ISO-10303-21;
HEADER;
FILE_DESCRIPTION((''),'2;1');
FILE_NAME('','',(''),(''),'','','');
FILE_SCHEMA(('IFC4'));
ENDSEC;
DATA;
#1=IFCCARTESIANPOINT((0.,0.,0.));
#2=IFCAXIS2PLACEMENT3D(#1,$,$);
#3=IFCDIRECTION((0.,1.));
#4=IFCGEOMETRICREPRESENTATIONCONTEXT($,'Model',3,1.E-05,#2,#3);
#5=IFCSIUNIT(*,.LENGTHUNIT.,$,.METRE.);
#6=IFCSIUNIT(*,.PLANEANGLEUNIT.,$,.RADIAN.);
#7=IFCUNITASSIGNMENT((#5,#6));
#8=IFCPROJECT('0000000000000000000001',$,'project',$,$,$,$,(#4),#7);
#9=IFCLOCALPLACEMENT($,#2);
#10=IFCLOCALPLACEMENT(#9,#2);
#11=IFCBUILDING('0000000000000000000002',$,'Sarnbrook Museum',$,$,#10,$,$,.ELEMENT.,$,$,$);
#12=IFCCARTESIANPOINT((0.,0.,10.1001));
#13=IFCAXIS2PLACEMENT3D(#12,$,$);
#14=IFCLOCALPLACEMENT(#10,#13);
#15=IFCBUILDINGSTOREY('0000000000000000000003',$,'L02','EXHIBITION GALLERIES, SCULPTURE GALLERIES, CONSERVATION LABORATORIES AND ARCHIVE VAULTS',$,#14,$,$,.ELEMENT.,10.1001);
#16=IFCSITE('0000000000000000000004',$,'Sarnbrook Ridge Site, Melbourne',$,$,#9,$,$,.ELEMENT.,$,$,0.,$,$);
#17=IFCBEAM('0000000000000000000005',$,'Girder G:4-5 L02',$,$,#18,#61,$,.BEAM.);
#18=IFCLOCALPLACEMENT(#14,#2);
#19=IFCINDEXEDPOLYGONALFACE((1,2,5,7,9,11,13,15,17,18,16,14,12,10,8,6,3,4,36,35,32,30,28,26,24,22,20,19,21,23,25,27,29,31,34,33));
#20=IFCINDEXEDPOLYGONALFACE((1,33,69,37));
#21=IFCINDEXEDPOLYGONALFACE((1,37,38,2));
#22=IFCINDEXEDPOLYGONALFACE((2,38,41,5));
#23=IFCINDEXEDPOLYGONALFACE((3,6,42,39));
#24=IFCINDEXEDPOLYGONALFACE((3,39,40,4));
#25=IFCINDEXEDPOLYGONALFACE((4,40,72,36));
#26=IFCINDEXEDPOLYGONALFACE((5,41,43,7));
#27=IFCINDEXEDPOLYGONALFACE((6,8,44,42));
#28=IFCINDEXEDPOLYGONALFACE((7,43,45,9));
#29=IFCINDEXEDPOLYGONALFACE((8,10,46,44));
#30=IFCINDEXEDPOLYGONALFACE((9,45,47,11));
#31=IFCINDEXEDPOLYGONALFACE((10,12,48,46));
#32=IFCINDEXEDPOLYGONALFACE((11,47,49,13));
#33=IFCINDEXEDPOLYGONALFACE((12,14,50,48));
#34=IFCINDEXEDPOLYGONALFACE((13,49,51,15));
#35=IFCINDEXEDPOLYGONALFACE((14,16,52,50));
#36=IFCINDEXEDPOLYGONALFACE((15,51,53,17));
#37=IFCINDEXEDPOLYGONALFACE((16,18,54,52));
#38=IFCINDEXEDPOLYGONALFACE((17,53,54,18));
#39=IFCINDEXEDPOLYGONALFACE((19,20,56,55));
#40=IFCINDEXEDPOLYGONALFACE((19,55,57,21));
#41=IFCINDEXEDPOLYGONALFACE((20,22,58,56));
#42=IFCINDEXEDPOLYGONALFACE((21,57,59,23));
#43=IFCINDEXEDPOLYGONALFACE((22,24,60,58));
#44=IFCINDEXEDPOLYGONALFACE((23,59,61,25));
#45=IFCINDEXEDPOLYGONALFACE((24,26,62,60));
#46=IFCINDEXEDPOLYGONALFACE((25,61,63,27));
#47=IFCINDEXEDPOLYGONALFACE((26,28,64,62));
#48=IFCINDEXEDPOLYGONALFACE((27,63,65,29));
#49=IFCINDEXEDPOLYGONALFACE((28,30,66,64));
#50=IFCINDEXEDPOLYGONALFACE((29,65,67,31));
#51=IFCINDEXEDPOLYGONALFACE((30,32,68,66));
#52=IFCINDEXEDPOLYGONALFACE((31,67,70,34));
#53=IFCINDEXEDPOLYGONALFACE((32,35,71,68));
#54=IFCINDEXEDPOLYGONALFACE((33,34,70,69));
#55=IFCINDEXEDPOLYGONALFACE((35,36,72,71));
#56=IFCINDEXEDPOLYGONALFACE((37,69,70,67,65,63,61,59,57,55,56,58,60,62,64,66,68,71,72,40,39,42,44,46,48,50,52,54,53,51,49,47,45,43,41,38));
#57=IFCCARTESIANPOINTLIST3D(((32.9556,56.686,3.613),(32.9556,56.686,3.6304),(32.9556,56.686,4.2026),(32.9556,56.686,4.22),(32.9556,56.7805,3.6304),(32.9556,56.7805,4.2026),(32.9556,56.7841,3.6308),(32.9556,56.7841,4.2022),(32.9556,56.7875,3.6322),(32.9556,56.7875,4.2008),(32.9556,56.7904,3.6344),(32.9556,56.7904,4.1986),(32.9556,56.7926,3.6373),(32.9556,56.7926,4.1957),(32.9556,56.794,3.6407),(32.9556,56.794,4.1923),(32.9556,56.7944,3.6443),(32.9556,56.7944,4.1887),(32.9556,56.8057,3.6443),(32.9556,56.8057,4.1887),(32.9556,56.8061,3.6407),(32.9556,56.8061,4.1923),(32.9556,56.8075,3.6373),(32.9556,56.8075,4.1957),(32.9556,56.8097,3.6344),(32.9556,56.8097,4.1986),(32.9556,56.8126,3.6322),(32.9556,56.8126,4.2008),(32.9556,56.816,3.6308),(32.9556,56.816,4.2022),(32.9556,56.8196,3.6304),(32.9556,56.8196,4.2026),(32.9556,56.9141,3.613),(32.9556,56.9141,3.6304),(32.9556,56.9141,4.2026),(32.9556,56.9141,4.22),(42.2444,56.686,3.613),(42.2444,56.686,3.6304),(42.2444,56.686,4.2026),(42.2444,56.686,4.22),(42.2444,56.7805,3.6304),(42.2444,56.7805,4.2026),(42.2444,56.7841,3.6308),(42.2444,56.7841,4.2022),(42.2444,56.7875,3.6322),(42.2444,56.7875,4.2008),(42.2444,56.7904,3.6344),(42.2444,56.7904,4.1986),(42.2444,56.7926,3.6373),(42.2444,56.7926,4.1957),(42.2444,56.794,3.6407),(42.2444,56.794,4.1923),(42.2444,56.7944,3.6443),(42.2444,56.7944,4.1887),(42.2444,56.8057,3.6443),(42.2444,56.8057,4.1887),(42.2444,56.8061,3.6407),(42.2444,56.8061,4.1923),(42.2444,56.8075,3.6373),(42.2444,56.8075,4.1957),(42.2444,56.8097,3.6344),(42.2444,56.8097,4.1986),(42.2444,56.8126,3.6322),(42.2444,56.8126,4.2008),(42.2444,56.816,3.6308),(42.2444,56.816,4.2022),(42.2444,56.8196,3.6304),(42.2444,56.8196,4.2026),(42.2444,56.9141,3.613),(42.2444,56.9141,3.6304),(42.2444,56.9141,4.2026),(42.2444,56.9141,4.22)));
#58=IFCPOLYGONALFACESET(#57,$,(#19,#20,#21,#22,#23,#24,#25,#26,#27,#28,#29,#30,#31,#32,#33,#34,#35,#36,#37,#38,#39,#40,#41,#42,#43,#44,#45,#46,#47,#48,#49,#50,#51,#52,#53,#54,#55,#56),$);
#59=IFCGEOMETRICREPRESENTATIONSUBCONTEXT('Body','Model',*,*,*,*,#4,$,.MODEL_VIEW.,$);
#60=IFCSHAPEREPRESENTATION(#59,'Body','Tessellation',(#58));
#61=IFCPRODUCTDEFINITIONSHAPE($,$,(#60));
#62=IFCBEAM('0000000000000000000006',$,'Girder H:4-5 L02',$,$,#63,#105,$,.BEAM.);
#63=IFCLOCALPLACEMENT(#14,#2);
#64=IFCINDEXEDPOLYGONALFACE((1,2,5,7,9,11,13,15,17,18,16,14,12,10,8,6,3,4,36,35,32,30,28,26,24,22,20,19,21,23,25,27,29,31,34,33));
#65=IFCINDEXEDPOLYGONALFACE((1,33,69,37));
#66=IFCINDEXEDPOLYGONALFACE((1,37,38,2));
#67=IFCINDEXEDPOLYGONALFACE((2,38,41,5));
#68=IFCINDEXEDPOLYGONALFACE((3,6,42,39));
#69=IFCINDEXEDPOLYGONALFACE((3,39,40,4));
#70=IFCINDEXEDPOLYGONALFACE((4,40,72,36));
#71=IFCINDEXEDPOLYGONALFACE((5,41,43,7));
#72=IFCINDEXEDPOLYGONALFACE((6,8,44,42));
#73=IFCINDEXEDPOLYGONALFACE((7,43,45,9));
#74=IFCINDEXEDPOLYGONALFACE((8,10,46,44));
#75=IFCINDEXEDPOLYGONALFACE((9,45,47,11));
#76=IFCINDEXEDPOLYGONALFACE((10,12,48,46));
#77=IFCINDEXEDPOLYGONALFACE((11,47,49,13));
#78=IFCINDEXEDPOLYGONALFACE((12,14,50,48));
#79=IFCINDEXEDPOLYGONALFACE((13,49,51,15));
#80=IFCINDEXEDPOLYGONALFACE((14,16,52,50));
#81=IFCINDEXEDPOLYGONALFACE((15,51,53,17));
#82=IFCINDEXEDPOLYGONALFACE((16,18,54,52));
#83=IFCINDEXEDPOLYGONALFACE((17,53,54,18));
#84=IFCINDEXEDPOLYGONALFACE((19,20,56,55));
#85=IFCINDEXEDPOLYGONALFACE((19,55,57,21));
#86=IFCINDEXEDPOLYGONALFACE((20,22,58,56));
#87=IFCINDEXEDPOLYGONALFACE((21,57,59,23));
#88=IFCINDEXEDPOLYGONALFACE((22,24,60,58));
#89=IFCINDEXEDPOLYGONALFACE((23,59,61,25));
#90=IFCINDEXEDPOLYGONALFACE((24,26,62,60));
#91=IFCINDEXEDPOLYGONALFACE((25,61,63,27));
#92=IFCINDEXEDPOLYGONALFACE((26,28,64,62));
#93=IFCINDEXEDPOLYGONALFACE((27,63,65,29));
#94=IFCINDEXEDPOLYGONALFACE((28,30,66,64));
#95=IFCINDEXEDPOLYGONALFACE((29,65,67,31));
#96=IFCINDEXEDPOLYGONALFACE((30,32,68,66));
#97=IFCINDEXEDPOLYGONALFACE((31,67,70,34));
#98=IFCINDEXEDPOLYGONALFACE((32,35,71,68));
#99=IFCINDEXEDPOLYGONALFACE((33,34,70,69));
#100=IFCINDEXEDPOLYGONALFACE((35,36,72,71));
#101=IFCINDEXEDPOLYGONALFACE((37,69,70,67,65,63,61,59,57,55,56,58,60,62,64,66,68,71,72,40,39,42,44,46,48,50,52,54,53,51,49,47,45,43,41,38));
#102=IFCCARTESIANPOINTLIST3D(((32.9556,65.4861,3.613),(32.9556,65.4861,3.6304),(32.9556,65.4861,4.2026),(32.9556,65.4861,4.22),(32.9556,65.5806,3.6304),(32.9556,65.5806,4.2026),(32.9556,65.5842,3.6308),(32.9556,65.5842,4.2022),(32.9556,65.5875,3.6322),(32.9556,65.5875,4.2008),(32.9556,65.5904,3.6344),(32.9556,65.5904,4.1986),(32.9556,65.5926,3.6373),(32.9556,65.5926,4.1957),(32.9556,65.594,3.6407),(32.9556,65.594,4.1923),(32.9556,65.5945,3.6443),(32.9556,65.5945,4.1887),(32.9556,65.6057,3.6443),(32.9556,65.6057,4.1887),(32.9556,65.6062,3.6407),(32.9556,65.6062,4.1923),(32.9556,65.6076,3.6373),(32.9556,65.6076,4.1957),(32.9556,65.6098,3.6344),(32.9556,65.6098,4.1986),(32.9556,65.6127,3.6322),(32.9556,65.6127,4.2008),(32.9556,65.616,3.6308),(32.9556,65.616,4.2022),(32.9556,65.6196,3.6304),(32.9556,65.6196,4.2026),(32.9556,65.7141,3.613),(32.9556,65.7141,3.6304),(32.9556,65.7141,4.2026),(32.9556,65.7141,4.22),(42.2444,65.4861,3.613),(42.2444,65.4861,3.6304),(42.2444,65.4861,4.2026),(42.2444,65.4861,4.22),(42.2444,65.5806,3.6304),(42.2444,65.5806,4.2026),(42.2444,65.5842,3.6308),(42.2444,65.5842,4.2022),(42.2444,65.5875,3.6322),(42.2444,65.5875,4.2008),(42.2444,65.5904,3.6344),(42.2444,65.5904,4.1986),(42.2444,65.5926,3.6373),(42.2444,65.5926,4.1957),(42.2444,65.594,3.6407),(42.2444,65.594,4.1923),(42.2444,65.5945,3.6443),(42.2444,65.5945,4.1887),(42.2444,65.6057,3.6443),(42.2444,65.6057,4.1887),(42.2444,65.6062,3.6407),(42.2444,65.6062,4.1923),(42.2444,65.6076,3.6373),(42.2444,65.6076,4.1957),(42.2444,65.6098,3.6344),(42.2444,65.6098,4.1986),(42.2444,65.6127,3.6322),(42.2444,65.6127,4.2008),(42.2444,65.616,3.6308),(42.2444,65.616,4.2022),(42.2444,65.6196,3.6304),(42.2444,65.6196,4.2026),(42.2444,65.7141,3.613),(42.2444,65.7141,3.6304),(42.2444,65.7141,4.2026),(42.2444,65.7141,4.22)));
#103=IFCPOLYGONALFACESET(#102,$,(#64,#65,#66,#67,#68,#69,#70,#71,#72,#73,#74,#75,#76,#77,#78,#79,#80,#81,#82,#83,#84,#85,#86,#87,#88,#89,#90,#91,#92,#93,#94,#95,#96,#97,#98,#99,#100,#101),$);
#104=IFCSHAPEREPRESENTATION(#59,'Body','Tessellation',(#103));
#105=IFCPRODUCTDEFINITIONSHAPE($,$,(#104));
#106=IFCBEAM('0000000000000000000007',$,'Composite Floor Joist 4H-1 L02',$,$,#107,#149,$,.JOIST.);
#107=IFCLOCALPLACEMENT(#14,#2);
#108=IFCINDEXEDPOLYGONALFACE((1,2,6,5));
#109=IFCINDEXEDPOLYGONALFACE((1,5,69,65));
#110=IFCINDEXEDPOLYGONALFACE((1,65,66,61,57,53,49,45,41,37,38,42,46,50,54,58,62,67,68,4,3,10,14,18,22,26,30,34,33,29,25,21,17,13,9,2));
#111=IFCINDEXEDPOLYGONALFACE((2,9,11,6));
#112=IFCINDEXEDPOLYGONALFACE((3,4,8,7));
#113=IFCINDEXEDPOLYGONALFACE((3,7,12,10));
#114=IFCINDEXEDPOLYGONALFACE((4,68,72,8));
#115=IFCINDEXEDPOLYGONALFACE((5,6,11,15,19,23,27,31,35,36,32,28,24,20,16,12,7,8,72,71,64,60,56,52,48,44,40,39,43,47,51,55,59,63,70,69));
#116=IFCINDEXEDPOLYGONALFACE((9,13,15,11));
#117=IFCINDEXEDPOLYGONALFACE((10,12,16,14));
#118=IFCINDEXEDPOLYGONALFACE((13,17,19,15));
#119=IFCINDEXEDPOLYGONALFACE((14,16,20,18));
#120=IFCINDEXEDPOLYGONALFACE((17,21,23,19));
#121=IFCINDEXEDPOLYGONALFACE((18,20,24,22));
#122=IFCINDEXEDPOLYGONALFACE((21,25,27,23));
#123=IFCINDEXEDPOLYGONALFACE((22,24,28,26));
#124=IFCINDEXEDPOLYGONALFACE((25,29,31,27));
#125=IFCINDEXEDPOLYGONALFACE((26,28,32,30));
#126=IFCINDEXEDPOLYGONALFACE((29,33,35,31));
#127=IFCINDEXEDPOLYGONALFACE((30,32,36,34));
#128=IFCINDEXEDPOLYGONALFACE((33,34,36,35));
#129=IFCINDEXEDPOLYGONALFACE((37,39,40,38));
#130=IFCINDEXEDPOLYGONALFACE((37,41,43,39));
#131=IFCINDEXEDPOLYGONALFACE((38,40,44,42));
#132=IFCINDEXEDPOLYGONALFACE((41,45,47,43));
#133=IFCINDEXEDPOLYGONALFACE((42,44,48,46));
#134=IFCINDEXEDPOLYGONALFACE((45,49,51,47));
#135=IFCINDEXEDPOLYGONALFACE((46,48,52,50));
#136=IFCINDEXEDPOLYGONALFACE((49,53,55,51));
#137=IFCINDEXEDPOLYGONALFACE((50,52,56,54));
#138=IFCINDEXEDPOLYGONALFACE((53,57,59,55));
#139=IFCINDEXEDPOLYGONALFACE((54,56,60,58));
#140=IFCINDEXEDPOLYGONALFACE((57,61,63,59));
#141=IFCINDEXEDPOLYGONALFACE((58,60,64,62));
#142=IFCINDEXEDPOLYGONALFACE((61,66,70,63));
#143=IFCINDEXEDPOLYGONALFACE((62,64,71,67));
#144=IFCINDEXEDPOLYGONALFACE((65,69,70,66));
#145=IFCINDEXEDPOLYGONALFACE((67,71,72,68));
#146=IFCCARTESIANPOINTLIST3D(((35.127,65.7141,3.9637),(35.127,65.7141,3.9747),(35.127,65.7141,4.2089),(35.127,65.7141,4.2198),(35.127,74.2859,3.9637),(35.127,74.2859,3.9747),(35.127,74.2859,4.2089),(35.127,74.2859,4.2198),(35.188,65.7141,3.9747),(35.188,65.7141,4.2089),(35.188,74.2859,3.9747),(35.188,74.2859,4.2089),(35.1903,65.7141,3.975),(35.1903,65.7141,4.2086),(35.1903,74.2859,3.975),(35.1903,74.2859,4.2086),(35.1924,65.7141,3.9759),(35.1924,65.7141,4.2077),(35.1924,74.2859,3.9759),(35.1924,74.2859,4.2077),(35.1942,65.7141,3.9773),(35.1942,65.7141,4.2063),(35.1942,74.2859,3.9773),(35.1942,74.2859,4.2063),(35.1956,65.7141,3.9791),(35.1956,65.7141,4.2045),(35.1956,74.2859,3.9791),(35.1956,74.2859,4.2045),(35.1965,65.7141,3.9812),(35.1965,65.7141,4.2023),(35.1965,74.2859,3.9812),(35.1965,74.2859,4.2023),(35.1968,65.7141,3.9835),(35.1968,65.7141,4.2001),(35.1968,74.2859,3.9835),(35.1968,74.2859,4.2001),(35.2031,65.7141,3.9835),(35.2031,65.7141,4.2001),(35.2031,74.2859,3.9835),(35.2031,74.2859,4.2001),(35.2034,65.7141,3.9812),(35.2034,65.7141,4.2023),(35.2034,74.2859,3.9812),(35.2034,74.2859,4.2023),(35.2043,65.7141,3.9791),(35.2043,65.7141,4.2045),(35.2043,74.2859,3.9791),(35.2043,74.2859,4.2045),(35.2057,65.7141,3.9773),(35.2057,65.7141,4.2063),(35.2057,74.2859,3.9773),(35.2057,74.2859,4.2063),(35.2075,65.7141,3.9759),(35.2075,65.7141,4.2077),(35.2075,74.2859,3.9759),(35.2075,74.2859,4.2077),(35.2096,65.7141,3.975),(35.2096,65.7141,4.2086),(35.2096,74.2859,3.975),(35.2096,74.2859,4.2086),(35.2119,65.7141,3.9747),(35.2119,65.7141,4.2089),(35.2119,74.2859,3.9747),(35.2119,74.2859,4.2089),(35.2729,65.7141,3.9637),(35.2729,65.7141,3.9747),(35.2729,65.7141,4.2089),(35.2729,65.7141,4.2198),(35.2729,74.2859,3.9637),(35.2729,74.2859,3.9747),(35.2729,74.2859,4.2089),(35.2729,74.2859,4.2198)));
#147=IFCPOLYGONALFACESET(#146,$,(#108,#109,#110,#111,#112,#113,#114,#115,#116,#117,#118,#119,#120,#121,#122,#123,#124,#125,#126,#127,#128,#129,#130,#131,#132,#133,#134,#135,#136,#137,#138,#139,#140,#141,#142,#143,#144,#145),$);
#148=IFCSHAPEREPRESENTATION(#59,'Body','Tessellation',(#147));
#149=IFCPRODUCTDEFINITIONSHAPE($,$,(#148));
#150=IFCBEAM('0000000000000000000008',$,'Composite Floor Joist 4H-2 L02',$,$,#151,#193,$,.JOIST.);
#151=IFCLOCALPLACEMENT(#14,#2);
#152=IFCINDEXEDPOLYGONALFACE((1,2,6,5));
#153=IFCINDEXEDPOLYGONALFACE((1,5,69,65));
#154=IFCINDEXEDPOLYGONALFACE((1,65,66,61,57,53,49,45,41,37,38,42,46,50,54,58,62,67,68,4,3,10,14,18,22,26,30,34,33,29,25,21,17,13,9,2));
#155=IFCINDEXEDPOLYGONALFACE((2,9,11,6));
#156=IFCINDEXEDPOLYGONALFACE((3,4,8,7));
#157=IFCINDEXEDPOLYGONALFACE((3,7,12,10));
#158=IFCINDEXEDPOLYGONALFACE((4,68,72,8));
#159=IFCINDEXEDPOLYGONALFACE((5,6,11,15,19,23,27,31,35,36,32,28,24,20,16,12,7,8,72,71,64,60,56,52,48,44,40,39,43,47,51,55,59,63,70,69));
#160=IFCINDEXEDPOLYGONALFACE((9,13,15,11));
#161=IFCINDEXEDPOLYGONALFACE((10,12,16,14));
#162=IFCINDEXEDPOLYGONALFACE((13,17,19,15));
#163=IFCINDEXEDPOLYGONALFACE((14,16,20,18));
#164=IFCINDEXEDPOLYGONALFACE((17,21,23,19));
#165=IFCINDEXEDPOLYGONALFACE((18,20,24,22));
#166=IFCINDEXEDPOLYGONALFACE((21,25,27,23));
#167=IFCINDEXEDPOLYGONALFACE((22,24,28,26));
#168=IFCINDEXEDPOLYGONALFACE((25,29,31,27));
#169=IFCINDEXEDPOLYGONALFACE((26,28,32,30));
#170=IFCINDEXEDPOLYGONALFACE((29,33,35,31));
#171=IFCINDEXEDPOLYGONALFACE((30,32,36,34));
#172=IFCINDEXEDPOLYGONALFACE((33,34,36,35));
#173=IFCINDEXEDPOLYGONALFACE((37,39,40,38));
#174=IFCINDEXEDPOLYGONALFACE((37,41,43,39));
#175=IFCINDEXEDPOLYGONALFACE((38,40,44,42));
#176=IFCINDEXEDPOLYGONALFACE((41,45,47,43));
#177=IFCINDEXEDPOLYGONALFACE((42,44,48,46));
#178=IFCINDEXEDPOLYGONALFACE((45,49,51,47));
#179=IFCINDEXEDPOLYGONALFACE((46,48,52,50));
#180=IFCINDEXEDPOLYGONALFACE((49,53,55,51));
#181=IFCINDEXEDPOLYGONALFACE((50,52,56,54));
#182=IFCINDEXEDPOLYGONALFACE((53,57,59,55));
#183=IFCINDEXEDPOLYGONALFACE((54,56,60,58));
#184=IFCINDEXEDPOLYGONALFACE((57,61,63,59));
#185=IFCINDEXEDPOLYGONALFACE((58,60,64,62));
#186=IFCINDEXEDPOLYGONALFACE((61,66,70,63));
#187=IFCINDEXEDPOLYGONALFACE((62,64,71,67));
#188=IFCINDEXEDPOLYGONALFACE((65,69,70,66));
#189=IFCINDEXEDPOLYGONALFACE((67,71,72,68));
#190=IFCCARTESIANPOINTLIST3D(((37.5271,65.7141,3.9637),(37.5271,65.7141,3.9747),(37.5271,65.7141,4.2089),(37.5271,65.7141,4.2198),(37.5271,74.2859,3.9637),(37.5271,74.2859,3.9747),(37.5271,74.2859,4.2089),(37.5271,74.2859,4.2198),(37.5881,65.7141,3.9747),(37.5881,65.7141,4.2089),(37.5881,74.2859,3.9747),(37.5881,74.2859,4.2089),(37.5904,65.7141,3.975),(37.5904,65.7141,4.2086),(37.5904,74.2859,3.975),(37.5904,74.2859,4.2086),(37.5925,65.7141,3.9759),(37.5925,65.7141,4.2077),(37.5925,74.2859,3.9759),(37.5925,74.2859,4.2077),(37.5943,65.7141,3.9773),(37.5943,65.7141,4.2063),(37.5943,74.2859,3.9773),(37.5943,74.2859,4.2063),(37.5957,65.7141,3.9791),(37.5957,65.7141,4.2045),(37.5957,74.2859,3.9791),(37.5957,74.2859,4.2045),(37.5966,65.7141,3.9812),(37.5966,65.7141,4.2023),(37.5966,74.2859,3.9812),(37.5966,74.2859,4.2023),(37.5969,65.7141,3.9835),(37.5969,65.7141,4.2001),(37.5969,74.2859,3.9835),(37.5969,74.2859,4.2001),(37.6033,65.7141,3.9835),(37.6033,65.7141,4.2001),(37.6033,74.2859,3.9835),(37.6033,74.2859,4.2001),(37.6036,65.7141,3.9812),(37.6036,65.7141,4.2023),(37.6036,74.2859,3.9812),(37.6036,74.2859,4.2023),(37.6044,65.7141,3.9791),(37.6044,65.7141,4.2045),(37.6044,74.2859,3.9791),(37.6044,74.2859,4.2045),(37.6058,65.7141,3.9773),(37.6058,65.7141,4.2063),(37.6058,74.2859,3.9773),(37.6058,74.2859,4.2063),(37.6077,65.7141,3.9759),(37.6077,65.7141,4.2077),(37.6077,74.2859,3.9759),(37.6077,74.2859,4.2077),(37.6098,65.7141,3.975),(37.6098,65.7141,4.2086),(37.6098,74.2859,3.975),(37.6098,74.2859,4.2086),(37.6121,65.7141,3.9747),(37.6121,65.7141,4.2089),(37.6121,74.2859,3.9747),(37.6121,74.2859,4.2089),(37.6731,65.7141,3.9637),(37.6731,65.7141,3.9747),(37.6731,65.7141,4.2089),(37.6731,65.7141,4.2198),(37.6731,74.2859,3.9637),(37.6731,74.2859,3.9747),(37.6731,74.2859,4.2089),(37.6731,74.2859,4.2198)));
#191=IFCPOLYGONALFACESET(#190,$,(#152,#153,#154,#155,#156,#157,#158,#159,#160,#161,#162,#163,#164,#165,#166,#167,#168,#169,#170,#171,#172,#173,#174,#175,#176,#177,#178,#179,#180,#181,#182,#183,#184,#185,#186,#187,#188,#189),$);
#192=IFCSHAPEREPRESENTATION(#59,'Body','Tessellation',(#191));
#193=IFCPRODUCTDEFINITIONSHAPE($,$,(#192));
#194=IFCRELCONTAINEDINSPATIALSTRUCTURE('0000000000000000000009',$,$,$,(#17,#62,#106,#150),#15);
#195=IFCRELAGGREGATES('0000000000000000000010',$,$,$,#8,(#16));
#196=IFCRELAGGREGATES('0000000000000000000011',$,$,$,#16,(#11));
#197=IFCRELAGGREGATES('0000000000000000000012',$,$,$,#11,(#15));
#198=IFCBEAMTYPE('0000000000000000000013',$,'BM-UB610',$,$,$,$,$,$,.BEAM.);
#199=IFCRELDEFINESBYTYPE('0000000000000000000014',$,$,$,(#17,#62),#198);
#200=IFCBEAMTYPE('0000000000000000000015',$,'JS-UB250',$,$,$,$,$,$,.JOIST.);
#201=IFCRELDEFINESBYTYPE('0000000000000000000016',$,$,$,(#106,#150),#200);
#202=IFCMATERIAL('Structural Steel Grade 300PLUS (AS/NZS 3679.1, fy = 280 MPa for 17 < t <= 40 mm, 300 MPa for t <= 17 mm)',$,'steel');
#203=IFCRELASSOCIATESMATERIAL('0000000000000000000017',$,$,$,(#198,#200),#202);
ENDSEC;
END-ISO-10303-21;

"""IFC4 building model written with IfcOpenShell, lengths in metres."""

from ifc_helpers import new_model, si_unit, direction, frame, origin, origin_2d, place, context, subcontext, project, spatial, i_section, extrude, material, material_profile, profile_set, type_object, element, save


model = new_model("IFC4")

# Units and contexts
model_context = context("Model", 3, precision=1e-05, world=origin(), true_north=direction((0.0, 1.0)))
body_context = subcontext(model_context, "Body", "Model", "MODEL_VIEW")
ifc_project = project(units=[si_unit("LENGTHUNIT", "METRE"), si_unit("PLANEANGLEUNIT", "RADIAN")], contexts=[model_context])

# Site, building, storey
site_placement = place(None, origin())
site = spatial("IfcSite", under=ifc_project, at=site_placement, Name="Sarnbrook Ridge Site, Melbourne", CompositionType="ELEMENT", RefElevation=0.0)
building_placement = place(site_placement, origin())
building = spatial("IfcBuilding", under=site, at=building_placement, Name="Sarnbrook Museum", CompositionType="ELEMENT")
storey_placement = place(building_placement, frame((0.0, 0.0, 10.1001)))
storey = spatial("IfcBuildingStorey", under=building, at=storey_placement, Name="L02", Description="EXHIBITION GALLERIES, SCULPTURE GALLERIES, CONSERVATION LABORATORIES AND ARCHIVE VAULTS", CompositionType="ELEMENT", Elevation=10.1001)

# Shared definitions
ifc_material_1 = material(Name="Structural Steel Grade 300PLUS (AS/NZS 3679.1, fy = 280 MPa for 17 < t <= 40 mm, 300 MPa for t <= 17 mm)", Category="steel")

# Beams
ifc_material_profile_1 = material_profile(ifc_material_1, i_section(OverallWidth=0.228, OverallDepth=0.6069, WebThickness=0.0112, FlangeThickness=0.0173, FilletRadius=0.0139, at=origin_2d()), Name="610UB113")
ifc_profile_set_1 = profile_set([ifc_material_profile_1], Name="Structural Steel Grade 300PLUS (AS/NZS 3679.1, fy = 280 MPa for 17 < t <= 40 mm, 300 MPa for t <= 17 mm)")
beam_type_1 = type_object("IfcBeamType", Name="BM-UB610", PredefinedType="BEAM", material=ifc_profile_set_1)
for number, where, z_axis, x_axis, name in (
    (1, (32.9556, 56.8, 3.9165), (1.0, 0.0, 0.0), (0.0, 1.0, 0.0), "Girder G:4-5 L02"),
    (2, (32.9556, 65.6001, 3.9165), (1.0, 0.0, 0.0), (0.0, 1.0, 0.0), "Girder H:4-5 L02"),
):
    element("IfcBeam", number, at=place(storey_placement, frame(where, z_axis=z_axis, x_axis=x_axis)), inside=storey, type_object=beam_type_1, Name=name, PredefinedType="BEAM", context=body_context, shape_type="SweptSolid", body=[
        extrude(i_section(OverallWidth=0.228, OverallDepth=0.6069, WebThickness=0.0112, FlangeThickness=0.0173, FilletRadius=0.0139, at=origin_2d()), origin(), (0.0, 0.0, 1.0), 9.2888),
    ])
ifc_material_profile_2 = material_profile(ifc_material_1, i_section(OverallWidth=0.146, OverallDepth=0.2561, WebThickness=0.0063, FlangeThickness=0.011, FilletRadius=0.0088, at=origin_2d()), Name="250UB37.3")
ifc_profile_set_2 = profile_set([ifc_material_profile_2], Name="Structural Steel Grade 300PLUS (AS/NZS 3679.1, fy = 280 MPa for 17 < t <= 40 mm, 300 MPa for t <= 17 mm)")
beam_type_2 = type_object("IfcBeamType", Name="JS-UB250", PredefinedType="JOIST", material=ifc_profile_set_2)
for number, where, z_axis, x_axis, name in (
    (3, (35.2, 65.7141, 4.0918), (0.0, 1.0, 0.0), (-1.0, 0.0, 0.0), "Composite Floor Joist 4H-1 L02"),
    (4, (37.6001, 65.7141, 4.0918), (0.0, 1.0, 0.0), (-1.0, 0.0, 0.0), "Composite Floor Joist 4H-2 L02"),
):
    element("IfcBeam", number, at=place(storey_placement, frame(where, z_axis=z_axis, x_axis=x_axis)), inside=storey, type_object=beam_type_2, Name=name, PredefinedType="JOIST", context=body_context, shape_type="SweptSolid", body=[
        extrude(i_section(OverallWidth=0.146, OverallDepth=0.2561, WebThickness=0.0063, FlangeThickness=0.011, FilletRadius=0.0088, at=origin_2d()), origin(), (0.0, 0.0, 1.0), 8.5718),
    ])

save(model, "model.ifc")
